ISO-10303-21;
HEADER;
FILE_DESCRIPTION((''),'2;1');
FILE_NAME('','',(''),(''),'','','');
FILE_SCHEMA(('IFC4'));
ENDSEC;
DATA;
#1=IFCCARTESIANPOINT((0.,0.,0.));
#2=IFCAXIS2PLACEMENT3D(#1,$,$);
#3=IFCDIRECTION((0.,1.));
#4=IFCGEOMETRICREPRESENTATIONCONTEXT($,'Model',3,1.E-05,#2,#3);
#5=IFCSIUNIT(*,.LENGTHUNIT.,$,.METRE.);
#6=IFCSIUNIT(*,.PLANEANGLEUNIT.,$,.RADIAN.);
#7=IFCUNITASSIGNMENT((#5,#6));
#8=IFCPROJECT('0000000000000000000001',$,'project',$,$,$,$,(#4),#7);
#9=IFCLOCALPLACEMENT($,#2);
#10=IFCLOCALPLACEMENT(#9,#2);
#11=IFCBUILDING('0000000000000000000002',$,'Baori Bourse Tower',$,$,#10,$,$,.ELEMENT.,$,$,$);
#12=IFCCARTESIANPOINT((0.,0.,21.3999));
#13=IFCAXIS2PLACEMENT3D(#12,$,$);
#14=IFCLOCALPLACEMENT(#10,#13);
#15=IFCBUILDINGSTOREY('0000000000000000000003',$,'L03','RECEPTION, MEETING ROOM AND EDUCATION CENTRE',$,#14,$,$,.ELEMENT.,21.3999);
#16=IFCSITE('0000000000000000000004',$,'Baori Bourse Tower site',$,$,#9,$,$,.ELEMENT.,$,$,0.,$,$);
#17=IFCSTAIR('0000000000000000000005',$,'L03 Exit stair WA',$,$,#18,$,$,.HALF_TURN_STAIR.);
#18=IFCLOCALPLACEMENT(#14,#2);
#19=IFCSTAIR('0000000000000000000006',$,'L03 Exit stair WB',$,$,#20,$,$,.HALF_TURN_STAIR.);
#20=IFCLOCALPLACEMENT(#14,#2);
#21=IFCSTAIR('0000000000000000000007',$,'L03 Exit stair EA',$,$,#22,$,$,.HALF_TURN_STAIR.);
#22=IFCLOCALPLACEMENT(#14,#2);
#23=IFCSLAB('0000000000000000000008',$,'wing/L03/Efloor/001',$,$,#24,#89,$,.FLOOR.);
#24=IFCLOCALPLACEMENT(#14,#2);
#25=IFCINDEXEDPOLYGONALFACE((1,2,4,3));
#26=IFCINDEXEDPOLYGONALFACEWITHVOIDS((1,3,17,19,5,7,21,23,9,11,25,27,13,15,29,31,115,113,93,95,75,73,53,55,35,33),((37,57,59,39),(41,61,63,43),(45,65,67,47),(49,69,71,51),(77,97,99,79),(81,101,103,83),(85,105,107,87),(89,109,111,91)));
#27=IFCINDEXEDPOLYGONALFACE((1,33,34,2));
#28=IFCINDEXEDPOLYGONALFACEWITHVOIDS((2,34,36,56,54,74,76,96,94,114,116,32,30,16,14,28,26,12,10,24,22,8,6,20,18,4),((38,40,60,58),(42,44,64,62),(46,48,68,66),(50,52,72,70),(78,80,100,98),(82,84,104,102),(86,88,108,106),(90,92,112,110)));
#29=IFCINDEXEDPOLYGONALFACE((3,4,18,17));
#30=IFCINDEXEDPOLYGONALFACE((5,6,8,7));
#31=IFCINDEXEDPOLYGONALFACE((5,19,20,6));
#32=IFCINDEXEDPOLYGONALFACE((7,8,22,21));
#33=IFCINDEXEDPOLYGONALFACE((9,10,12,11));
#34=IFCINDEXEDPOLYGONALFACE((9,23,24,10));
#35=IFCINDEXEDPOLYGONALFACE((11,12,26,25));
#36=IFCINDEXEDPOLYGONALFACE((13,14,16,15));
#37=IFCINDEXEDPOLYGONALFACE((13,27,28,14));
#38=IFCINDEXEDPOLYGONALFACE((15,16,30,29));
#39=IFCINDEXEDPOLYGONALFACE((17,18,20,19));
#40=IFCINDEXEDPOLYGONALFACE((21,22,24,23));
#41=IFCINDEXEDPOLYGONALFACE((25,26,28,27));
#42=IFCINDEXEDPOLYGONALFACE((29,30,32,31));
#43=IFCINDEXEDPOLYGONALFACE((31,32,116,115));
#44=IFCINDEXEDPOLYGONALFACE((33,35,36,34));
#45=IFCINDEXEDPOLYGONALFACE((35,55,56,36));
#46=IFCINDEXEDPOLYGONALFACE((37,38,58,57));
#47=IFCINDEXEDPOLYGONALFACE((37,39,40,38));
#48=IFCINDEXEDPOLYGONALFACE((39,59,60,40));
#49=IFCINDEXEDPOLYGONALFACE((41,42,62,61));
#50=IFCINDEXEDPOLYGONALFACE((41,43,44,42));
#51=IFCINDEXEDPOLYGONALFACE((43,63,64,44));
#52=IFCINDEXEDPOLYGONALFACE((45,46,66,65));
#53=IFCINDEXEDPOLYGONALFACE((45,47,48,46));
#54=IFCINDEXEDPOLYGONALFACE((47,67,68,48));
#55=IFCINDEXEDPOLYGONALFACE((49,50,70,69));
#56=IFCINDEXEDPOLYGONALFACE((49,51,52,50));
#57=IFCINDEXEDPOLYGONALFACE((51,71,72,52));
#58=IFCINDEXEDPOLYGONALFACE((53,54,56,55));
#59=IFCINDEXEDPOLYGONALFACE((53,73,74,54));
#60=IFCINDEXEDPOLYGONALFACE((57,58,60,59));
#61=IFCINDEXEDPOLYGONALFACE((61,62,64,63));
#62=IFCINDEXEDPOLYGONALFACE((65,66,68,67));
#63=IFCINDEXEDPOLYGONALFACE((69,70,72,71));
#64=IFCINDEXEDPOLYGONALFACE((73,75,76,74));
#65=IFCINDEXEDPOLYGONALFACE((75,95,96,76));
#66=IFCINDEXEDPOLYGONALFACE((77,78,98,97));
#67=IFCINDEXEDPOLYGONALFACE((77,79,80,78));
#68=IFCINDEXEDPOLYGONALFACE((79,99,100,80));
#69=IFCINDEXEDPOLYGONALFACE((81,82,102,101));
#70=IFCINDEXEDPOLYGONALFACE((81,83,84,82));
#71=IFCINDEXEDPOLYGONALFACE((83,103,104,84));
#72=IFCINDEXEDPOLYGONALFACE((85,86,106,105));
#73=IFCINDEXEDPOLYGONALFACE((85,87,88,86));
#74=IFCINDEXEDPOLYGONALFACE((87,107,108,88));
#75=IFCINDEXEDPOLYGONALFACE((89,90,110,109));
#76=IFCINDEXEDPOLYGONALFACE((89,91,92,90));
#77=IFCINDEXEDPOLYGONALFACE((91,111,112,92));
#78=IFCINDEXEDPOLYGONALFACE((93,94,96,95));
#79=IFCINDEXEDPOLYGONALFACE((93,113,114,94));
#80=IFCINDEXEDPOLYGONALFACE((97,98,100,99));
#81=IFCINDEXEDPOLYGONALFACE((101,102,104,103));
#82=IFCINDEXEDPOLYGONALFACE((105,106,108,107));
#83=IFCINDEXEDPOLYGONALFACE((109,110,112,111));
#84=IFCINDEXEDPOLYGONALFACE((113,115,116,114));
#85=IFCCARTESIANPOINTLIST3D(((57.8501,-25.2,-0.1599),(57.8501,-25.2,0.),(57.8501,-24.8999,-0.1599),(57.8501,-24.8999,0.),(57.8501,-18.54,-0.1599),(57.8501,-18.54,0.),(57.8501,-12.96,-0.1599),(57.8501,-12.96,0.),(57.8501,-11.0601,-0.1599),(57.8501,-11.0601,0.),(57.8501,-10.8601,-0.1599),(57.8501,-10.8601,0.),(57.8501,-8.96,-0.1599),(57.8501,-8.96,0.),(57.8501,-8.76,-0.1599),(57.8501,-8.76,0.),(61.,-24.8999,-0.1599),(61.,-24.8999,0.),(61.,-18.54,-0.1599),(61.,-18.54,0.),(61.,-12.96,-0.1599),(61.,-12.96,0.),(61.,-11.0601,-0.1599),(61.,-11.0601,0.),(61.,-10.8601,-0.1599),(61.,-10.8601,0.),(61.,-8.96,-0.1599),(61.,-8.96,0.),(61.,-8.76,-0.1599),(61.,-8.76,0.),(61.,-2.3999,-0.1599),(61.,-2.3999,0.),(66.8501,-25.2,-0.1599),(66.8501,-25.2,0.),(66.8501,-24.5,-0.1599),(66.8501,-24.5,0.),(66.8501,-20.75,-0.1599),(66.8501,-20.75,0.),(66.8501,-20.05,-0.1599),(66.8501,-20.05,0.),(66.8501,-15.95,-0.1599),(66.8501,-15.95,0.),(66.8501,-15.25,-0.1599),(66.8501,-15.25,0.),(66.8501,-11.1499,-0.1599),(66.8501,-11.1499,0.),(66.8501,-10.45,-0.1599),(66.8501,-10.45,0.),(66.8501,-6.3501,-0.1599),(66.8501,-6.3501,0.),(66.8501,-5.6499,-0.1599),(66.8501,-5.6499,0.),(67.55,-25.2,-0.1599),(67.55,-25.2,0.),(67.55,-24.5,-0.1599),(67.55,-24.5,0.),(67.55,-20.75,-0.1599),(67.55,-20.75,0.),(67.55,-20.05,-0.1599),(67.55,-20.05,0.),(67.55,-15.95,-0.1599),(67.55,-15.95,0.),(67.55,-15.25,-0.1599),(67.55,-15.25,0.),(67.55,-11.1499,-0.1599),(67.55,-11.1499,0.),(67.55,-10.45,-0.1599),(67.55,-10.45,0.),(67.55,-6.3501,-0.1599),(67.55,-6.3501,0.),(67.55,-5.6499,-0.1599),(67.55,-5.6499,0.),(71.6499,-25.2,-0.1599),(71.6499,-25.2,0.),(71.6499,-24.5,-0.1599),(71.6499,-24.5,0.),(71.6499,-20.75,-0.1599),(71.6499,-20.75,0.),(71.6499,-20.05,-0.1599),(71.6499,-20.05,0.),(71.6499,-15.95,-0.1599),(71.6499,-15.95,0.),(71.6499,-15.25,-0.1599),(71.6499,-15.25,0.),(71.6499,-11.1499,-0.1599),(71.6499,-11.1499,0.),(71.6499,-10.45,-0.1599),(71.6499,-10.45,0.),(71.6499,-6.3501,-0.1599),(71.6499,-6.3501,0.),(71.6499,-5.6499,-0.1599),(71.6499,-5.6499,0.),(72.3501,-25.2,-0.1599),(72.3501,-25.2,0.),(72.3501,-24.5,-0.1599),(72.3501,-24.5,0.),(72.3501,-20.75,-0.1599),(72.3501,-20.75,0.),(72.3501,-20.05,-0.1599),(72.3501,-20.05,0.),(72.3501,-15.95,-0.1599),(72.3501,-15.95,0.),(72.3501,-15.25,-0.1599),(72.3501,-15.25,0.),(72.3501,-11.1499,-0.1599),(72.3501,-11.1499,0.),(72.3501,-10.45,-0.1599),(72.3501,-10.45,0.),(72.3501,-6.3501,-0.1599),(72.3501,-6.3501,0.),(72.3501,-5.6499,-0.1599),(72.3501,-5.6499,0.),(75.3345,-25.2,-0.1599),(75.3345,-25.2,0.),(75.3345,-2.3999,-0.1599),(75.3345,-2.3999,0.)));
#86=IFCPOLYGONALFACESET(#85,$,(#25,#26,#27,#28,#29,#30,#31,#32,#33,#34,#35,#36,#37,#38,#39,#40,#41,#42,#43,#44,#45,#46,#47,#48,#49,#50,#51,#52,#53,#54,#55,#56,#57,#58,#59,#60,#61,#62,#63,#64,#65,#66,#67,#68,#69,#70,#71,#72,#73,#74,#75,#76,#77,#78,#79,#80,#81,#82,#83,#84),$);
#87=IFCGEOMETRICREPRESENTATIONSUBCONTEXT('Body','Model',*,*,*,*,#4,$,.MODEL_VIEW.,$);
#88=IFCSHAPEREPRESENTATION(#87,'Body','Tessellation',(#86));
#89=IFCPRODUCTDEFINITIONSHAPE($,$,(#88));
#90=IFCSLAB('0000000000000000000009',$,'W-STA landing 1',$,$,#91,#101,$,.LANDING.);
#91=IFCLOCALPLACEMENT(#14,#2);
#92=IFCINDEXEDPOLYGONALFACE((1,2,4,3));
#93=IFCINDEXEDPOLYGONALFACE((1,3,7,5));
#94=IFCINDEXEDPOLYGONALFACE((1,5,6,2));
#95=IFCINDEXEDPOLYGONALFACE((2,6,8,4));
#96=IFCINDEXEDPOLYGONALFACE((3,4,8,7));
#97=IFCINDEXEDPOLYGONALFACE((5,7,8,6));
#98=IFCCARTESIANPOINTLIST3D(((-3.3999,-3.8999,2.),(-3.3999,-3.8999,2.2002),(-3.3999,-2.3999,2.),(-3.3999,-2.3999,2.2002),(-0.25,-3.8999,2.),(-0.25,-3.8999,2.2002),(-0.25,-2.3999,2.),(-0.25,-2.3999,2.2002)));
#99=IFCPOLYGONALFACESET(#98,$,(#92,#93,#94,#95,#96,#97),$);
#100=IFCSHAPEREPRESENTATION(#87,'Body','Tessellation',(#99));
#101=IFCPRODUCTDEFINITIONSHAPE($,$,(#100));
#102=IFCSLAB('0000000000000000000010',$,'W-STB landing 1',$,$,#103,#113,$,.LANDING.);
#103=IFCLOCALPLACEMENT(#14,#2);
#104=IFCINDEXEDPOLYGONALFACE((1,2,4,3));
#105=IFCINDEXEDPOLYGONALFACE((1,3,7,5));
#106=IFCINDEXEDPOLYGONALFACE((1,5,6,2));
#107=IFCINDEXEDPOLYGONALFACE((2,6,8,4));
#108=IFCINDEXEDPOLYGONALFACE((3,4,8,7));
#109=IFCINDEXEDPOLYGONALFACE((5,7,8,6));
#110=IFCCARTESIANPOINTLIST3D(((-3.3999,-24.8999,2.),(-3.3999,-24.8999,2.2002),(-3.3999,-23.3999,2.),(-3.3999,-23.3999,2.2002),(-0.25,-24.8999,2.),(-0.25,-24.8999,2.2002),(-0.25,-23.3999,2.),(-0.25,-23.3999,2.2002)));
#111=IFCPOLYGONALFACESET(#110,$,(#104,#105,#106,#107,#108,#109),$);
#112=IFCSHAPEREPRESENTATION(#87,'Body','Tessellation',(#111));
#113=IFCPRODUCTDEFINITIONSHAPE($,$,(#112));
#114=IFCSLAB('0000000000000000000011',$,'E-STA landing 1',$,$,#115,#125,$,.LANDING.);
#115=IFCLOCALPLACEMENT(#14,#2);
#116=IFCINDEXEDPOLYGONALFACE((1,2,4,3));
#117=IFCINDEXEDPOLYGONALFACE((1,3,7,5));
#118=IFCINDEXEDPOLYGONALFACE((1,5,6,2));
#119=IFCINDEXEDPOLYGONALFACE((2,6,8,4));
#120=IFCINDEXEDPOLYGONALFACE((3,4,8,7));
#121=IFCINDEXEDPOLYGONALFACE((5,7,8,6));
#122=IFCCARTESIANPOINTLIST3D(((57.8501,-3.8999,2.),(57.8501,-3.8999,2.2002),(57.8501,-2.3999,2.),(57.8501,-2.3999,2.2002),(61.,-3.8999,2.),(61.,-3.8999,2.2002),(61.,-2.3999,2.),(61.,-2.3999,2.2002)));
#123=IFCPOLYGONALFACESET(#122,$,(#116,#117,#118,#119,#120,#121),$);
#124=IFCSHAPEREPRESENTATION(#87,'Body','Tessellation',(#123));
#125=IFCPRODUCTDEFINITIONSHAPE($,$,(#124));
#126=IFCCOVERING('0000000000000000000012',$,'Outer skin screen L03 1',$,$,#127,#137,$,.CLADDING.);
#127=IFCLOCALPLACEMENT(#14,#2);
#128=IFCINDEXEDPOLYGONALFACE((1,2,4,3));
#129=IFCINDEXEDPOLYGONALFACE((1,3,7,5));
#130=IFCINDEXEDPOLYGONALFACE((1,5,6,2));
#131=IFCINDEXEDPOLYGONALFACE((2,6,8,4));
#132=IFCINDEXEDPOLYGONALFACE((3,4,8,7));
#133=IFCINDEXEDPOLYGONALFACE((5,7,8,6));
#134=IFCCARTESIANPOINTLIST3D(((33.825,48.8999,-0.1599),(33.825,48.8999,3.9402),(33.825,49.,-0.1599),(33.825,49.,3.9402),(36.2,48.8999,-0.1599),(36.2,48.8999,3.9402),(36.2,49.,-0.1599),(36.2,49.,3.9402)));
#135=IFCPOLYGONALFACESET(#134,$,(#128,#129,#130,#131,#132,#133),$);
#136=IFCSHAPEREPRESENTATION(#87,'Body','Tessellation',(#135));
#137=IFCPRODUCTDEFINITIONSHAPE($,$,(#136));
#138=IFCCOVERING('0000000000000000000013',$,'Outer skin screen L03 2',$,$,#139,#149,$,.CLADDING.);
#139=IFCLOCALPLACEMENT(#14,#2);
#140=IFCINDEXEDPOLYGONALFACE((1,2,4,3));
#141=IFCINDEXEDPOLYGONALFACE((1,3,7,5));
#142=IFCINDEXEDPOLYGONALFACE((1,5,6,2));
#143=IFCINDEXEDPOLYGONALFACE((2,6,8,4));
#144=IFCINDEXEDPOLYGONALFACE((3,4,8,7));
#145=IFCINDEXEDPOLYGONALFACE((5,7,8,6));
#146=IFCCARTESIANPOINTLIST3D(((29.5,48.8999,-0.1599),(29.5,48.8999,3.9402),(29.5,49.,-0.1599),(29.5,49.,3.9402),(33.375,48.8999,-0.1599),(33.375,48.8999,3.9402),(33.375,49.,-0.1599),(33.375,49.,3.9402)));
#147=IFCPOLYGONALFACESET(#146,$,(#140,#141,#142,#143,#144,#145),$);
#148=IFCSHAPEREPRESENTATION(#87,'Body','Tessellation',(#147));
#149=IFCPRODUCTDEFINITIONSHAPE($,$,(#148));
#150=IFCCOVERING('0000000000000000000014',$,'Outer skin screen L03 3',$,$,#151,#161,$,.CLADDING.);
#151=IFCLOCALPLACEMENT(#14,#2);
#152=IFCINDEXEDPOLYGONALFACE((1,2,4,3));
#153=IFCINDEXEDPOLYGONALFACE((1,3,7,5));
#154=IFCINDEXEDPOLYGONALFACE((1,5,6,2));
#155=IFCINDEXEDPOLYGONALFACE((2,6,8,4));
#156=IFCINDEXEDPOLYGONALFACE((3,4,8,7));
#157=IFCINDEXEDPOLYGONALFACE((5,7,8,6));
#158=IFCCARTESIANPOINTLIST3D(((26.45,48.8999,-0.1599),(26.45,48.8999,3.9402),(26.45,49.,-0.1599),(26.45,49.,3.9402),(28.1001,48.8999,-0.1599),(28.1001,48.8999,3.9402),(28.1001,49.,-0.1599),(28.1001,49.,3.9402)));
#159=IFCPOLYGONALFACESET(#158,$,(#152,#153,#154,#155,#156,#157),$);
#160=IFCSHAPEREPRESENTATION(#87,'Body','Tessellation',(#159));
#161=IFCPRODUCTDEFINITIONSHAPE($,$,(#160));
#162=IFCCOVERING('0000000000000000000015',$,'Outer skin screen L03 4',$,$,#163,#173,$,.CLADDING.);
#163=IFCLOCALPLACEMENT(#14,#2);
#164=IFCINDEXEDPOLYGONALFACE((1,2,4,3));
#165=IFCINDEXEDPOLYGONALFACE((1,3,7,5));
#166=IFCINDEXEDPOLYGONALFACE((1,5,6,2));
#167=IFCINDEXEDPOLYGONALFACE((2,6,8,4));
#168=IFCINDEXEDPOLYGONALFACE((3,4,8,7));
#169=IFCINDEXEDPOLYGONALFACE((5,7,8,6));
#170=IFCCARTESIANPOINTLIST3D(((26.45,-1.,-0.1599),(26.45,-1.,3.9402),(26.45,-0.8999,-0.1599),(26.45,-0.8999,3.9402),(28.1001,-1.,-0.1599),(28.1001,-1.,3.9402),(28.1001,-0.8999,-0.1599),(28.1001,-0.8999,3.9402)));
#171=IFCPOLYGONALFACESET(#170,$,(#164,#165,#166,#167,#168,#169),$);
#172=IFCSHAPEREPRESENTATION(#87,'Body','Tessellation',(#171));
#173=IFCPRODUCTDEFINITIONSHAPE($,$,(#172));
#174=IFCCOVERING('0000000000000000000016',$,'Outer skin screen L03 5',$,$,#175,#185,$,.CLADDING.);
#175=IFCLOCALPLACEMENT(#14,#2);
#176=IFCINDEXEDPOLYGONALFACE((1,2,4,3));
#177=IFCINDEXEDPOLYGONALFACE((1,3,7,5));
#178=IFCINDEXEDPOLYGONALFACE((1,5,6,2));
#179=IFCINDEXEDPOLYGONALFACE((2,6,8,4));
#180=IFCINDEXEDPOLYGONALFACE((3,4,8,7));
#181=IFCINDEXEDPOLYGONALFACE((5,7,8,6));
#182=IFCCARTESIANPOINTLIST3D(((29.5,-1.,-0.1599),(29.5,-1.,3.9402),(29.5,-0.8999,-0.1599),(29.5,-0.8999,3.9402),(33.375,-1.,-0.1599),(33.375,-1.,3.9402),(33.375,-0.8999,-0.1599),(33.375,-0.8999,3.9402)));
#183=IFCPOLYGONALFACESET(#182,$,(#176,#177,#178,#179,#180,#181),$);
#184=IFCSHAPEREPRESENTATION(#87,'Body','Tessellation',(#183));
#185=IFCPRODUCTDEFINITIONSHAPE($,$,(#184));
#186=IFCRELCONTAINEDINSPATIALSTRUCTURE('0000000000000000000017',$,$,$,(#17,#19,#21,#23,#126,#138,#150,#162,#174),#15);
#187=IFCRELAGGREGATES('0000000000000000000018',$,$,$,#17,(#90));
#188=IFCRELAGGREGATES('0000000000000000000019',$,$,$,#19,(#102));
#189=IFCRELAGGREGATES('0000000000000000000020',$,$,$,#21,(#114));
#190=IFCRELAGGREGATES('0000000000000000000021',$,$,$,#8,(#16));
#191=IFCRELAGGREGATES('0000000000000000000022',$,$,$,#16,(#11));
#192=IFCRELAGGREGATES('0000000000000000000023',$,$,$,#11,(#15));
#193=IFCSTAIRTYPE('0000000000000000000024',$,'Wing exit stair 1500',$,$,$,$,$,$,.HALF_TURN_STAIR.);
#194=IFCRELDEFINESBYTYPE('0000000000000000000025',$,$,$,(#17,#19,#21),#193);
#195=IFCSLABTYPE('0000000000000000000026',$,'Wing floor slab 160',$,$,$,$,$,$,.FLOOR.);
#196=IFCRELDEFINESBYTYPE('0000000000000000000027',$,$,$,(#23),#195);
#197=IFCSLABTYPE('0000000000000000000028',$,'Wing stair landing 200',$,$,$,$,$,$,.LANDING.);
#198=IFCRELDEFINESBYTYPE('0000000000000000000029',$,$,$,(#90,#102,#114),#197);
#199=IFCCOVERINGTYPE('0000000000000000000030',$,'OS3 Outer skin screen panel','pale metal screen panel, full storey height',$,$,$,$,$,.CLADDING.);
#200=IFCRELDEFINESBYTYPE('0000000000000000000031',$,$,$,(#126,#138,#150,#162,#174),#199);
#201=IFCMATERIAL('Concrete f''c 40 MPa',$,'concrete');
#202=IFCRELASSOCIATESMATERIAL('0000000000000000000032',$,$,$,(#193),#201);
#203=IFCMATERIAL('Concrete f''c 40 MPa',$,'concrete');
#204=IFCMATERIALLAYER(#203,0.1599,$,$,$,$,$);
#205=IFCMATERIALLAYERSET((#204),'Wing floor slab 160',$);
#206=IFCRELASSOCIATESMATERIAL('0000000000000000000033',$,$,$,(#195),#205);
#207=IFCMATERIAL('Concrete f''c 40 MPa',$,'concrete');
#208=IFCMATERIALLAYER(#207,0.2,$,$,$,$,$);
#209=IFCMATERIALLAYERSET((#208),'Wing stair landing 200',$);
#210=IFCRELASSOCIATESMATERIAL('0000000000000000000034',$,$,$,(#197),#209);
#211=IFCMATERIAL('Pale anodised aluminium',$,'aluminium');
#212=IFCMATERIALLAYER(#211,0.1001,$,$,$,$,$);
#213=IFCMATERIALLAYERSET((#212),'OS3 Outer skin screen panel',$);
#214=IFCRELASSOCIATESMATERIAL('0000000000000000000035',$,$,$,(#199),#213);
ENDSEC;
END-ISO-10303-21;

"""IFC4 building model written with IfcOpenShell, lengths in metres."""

from ifc_helpers import new_model, si_unit, direction, frame, origin, place, context, subcontext, project, spatial, polyline, outline, extrude, material, layer, layer_set, type_object, element, aggregate, save


model = new_model("IFC4")

# Units and contexts
model_context = context("Model", 3, precision=1e-05, world=origin(), true_north=direction((0.0, 1.0)))
body_context = subcontext(model_context, "Body", "Model", "MODEL_VIEW")
ifc_project = project(units=[si_unit("LENGTHUNIT", "METRE"), si_unit("PLANEANGLEUNIT", "RADIAN")], contexts=[model_context])

# Site, building, storey
site_placement = place(None, origin())
site = spatial("IfcSite", under=ifc_project, at=site_placement, Name="Baori Bourse Tower site", CompositionType="ELEMENT", RefElevation=0.0)
building_placement = place(site_placement, origin())
building = spatial("IfcBuilding", under=site, at=building_placement, Name="Baori Bourse Tower", CompositionType="ELEMENT")
storey_placement = place(building_placement, frame((0.0, 0.0, 21.3999)))
storey = spatial("IfcBuildingStorey", under=building, at=storey_placement, Name="L03", Description="RECEPTION, MEETING ROOM AND EDUCATION CENTRE", CompositionType="ELEMENT", Elevation=21.3999)

# Stairs
ifc_material_1 = material(Name="Concrete f'c 40 MPa", Category="concrete")
stair_type = type_object("IfcStairType", Name="Wing exit stair 1500", PredefinedType="HALF_TURN_STAIR", material=ifc_material_1)
stair_1_placement = place(storey_placement, origin())
stair_1 = element("IfcStair", 1, at=stair_1_placement, inside=storey, type_object=stair_type, Name="L03 Exit stair WA", PredefinedType="HALF_TURN_STAIR")
stair_2_placement = place(storey_placement, origin())
stair_2 = element("IfcStair", 2, at=stair_2_placement, inside=storey, type_object=stair_type, Name="L03 Exit stair WB", PredefinedType="HALF_TURN_STAIR")
stair_3_placement = place(storey_placement, origin())
stair_3 = element("IfcStair", 3, at=stair_3_placement, inside=storey, type_object=stair_type, Name="L03 Exit stair EA", PredefinedType="HALF_TURN_STAIR")

# Slab
ifc_material_2 = material(Name="Concrete f'c 40 MPa", Category="concrete")
ifc_layer_1 = layer(ifc_material_2, 0.1599)
ifc_layer_set_1 = layer_set([ifc_layer_1], Name="Wing floor slab 160")
slab_type_1 = type_object("IfcSlabType", Name="Wing floor slab 160", PredefinedType="FLOOR", material=ifc_layer_set_1)
slab_1_placement = place(storey_placement, frame((0.0, 0.0, -0.1599)))
element("IfcSlab", 4, at=slab_1_placement, inside=storey, type_object=slab_type_1, Name="wing/L03/Efloor/001", PredefinedType="FLOOR", context=body_context, shape_type="SweptSolid", body=[
    extrude(outline(polyline([(61.0, -10.8601), (57.8501, -10.8601), (57.8501, -11.0601), (61.0, -11.0601), (61.0, -12.96), (57.8501, -12.96), (57.8501, -18.54), (61.0, -18.54), (61.0, -24.8999), (57.8501, -24.8999), (57.8501, -25.2), (66.8501, -25.2), (66.8501, -24.5), (67.55, -24.5), (67.55, -25.2), (71.6499, -25.2), (71.6499, -24.5), (72.3501, -24.5), (72.3501, -25.2), (75.3345, -25.2), (75.3345, -2.3999), (61.0, -2.3999), (61.0, -8.76), (57.8501, -8.76), (57.8501, -8.96), (61.0, -8.96), (61.0, -10.8601)]), holes=[polyline([(71.6499, -20.05), (71.6499, -20.75), (72.3501, -20.75), (72.3501, -20.05), (71.6499, -20.05)]), polyline([(71.6499, -15.95), (72.3501, -15.95), (72.3501, -15.25), (71.6499, -15.25), (71.6499, -15.95)]), polyline([(72.3501, -11.1499), (72.3501, -10.45), (71.6499, -10.45), (71.6499, -11.1499), (72.3501, -11.1499)]), polyline([(72.3501, -5.6499), (71.6499, -5.6499), (71.6499, -6.3501), (72.3501, -6.3501), (72.3501, -5.6499)]), polyline([(66.8501, -20.75), (67.55, -20.75), (67.55, -20.05), (66.8501, -20.05), (66.8501, -20.75)]), polyline([(67.55, -15.95), (67.55, -15.25), (66.8501, -15.25), (66.8501, -15.95), (67.55, -15.95)]), polyline([(67.55, -10.45), (66.8501, -10.45), (66.8501, -11.1499), (67.55, -11.1499), (67.55, -10.45)]), polyline([(66.8501, -5.6499), (66.8501, -6.3501), (67.55, -6.3501), (67.55, -5.6499), (66.8501, -5.6499)])]), origin(), (0.0, 0.0, 1.0), 0.1599),
])

# Slabs
ifc_material_3 = material(Name="Concrete f'c 40 MPa", Category="concrete")
ifc_layer_2 = layer(ifc_material_3, 0.2)
ifc_layer_set_2 = layer_set([ifc_layer_2], Name="Wing stair landing 200")
slab_type_2 = type_object("IfcSlabType", Name="Wing stair landing 200", PredefinedType="LANDING", material=ifc_layer_set_2)
slab_2_placement = place(storey_placement, frame((0.0, 0.0, 2.0)))
slab_2 = element("IfcSlab", 5, at=slab_2_placement, type_object=slab_type_2, Name="W-STA landing 1", PredefinedType="LANDING", context=body_context, shape_type="SweptSolid", body=[
    extrude(outline(polyline([(-0.25, -3.8999), (-0.25, -2.3999), (-3.3999, -2.3999), (-3.3999, -3.8999), (-0.25, -3.8999)])), origin(), (0.0, 0.0, 1.0), 0.2002),
])
aggregate(stair_1, [slab_2])
slab_3_placement = place(storey_placement, frame((0.0, 0.0, 2.0)))
slab_3 = element("IfcSlab", 6, at=slab_3_placement, type_object=slab_type_2, Name="W-STB landing 1", PredefinedType="LANDING", context=body_context, shape_type="SweptSolid", body=[
    extrude(outline(polyline([(-3.3999, -23.3999), (-3.3999, -24.8999), (-0.25, -24.8999), (-0.25, -23.3999), (-3.3999, -23.3999)])), origin(), (0.0, 0.0, 1.0), 0.2002),
])
aggregate(stair_2, [slab_3])
slab_4_placement = place(storey_placement, frame((0.0, 0.0, 2.0)))
slab_4 = element("IfcSlab", 7, at=slab_4_placement, type_object=slab_type_2, Name="E-STA landing 1", PredefinedType="LANDING", context=body_context, shape_type="SweptSolid", body=[
    extrude(outline(polyline([(61.0, -3.8999), (61.0, -2.3999), (57.8501, -2.3999), (57.8501, -3.8999), (61.0, -3.8999)])), origin(), (0.0, 0.0, 1.0), 0.2002),
])
aggregate(stair_3, [slab_4])

# Coverings
ifc_material_4 = material(Name="Pale anodised aluminium", Category="aluminium")
ifc_layer_3 = layer(ifc_material_4, 0.1001)
ifc_layer_set_3 = layer_set([ifc_layer_3], Name="OS3 Outer skin screen panel")
covering_type_1 = type_object("IfcCoveringType", Name="OS3 Outer skin screen panel", Description="pale metal screen panel, full storey height", PredefinedType="CLADDING", material=ifc_layer_set_3)
covering_1_placement = place(storey_placement, frame((0.0, 0.0, -0.1599)))
element("IfcCovering", 8, at=covering_1_placement, inside=storey, type_object=covering_type_1, Name="Outer skin screen L03 1", PredefinedType="CLADDING", context=body_context, shape_type="SweptSolid", body=[
    extrude(outline(polyline([(33.825, 48.8999), (36.2, 48.8999), (36.2, 49.0), (33.825, 49.0), (33.825, 48.8999)])), origin(), (0.0, 0.0, 1.0), 4.1001),
])
covering_2_placement = place(storey_placement, frame((0.0, 0.0, -0.1599)))
element("IfcCovering", 9, at=covering_2_placement, inside=storey, type_object=covering_type_1, Name="Outer skin screen L03 2", PredefinedType="CLADDING", context=body_context, shape_type="SweptSolid", body=[
    extrude(outline(polyline([(29.5, 48.8999), (33.375, 48.8999), (33.375, 49.0), (29.5, 49.0), (29.5, 48.8999)])), origin(), (0.0, 0.0, 1.0), 4.1001),
])
covering_3_placement = place(storey_placement, frame((0.0, 0.0, -0.1599)))
element("IfcCovering", 10, at=covering_3_placement, inside=storey, type_object=covering_type_1, Name="Outer skin screen L03 3", PredefinedType="CLADDING", context=body_context, shape_type="SweptSolid", body=[
    extrude(outline(polyline([(26.45, 48.8999), (28.1001, 48.8999), (28.1001, 49.0), (26.45, 49.0), (26.45, 48.8999)])), origin(), (0.0, 0.0, 1.0), 4.1001),
])
covering_4_placement = place(storey_placement, frame((0.0, 0.0, -0.1599)))
element("IfcCovering", 11, at=covering_4_placement, inside=storey, type_object=covering_type_1, Name="Outer skin screen L03 4", PredefinedType="CLADDING", context=body_context, shape_type="SweptSolid", body=[
    extrude(outline(polyline([(28.1001, -0.8999), (26.45, -0.8999), (26.45, -1.0), (28.1001, -1.0), (28.1001, -0.8999)])), origin(), (0.0, 0.0, 1.0), 4.1001),
])
covering_5_placement = place(storey_placement, frame((0.0, 0.0, -0.1599)))
element("IfcCovering", 12, at=covering_5_placement, inside=storey, type_object=covering_type_1, Name="Outer skin screen L03 5", PredefinedType="CLADDING", context=body_context, shape_type="SweptSolid", body=[
    extrude(outline(polyline([(33.375, -0.8999), (29.5, -0.8999), (29.5, -1.0), (33.375, -1.0), (33.375, -0.8999)])), origin(), (0.0, 0.0, 1.0), 4.1001),
])

save(model, "model.ifc")
